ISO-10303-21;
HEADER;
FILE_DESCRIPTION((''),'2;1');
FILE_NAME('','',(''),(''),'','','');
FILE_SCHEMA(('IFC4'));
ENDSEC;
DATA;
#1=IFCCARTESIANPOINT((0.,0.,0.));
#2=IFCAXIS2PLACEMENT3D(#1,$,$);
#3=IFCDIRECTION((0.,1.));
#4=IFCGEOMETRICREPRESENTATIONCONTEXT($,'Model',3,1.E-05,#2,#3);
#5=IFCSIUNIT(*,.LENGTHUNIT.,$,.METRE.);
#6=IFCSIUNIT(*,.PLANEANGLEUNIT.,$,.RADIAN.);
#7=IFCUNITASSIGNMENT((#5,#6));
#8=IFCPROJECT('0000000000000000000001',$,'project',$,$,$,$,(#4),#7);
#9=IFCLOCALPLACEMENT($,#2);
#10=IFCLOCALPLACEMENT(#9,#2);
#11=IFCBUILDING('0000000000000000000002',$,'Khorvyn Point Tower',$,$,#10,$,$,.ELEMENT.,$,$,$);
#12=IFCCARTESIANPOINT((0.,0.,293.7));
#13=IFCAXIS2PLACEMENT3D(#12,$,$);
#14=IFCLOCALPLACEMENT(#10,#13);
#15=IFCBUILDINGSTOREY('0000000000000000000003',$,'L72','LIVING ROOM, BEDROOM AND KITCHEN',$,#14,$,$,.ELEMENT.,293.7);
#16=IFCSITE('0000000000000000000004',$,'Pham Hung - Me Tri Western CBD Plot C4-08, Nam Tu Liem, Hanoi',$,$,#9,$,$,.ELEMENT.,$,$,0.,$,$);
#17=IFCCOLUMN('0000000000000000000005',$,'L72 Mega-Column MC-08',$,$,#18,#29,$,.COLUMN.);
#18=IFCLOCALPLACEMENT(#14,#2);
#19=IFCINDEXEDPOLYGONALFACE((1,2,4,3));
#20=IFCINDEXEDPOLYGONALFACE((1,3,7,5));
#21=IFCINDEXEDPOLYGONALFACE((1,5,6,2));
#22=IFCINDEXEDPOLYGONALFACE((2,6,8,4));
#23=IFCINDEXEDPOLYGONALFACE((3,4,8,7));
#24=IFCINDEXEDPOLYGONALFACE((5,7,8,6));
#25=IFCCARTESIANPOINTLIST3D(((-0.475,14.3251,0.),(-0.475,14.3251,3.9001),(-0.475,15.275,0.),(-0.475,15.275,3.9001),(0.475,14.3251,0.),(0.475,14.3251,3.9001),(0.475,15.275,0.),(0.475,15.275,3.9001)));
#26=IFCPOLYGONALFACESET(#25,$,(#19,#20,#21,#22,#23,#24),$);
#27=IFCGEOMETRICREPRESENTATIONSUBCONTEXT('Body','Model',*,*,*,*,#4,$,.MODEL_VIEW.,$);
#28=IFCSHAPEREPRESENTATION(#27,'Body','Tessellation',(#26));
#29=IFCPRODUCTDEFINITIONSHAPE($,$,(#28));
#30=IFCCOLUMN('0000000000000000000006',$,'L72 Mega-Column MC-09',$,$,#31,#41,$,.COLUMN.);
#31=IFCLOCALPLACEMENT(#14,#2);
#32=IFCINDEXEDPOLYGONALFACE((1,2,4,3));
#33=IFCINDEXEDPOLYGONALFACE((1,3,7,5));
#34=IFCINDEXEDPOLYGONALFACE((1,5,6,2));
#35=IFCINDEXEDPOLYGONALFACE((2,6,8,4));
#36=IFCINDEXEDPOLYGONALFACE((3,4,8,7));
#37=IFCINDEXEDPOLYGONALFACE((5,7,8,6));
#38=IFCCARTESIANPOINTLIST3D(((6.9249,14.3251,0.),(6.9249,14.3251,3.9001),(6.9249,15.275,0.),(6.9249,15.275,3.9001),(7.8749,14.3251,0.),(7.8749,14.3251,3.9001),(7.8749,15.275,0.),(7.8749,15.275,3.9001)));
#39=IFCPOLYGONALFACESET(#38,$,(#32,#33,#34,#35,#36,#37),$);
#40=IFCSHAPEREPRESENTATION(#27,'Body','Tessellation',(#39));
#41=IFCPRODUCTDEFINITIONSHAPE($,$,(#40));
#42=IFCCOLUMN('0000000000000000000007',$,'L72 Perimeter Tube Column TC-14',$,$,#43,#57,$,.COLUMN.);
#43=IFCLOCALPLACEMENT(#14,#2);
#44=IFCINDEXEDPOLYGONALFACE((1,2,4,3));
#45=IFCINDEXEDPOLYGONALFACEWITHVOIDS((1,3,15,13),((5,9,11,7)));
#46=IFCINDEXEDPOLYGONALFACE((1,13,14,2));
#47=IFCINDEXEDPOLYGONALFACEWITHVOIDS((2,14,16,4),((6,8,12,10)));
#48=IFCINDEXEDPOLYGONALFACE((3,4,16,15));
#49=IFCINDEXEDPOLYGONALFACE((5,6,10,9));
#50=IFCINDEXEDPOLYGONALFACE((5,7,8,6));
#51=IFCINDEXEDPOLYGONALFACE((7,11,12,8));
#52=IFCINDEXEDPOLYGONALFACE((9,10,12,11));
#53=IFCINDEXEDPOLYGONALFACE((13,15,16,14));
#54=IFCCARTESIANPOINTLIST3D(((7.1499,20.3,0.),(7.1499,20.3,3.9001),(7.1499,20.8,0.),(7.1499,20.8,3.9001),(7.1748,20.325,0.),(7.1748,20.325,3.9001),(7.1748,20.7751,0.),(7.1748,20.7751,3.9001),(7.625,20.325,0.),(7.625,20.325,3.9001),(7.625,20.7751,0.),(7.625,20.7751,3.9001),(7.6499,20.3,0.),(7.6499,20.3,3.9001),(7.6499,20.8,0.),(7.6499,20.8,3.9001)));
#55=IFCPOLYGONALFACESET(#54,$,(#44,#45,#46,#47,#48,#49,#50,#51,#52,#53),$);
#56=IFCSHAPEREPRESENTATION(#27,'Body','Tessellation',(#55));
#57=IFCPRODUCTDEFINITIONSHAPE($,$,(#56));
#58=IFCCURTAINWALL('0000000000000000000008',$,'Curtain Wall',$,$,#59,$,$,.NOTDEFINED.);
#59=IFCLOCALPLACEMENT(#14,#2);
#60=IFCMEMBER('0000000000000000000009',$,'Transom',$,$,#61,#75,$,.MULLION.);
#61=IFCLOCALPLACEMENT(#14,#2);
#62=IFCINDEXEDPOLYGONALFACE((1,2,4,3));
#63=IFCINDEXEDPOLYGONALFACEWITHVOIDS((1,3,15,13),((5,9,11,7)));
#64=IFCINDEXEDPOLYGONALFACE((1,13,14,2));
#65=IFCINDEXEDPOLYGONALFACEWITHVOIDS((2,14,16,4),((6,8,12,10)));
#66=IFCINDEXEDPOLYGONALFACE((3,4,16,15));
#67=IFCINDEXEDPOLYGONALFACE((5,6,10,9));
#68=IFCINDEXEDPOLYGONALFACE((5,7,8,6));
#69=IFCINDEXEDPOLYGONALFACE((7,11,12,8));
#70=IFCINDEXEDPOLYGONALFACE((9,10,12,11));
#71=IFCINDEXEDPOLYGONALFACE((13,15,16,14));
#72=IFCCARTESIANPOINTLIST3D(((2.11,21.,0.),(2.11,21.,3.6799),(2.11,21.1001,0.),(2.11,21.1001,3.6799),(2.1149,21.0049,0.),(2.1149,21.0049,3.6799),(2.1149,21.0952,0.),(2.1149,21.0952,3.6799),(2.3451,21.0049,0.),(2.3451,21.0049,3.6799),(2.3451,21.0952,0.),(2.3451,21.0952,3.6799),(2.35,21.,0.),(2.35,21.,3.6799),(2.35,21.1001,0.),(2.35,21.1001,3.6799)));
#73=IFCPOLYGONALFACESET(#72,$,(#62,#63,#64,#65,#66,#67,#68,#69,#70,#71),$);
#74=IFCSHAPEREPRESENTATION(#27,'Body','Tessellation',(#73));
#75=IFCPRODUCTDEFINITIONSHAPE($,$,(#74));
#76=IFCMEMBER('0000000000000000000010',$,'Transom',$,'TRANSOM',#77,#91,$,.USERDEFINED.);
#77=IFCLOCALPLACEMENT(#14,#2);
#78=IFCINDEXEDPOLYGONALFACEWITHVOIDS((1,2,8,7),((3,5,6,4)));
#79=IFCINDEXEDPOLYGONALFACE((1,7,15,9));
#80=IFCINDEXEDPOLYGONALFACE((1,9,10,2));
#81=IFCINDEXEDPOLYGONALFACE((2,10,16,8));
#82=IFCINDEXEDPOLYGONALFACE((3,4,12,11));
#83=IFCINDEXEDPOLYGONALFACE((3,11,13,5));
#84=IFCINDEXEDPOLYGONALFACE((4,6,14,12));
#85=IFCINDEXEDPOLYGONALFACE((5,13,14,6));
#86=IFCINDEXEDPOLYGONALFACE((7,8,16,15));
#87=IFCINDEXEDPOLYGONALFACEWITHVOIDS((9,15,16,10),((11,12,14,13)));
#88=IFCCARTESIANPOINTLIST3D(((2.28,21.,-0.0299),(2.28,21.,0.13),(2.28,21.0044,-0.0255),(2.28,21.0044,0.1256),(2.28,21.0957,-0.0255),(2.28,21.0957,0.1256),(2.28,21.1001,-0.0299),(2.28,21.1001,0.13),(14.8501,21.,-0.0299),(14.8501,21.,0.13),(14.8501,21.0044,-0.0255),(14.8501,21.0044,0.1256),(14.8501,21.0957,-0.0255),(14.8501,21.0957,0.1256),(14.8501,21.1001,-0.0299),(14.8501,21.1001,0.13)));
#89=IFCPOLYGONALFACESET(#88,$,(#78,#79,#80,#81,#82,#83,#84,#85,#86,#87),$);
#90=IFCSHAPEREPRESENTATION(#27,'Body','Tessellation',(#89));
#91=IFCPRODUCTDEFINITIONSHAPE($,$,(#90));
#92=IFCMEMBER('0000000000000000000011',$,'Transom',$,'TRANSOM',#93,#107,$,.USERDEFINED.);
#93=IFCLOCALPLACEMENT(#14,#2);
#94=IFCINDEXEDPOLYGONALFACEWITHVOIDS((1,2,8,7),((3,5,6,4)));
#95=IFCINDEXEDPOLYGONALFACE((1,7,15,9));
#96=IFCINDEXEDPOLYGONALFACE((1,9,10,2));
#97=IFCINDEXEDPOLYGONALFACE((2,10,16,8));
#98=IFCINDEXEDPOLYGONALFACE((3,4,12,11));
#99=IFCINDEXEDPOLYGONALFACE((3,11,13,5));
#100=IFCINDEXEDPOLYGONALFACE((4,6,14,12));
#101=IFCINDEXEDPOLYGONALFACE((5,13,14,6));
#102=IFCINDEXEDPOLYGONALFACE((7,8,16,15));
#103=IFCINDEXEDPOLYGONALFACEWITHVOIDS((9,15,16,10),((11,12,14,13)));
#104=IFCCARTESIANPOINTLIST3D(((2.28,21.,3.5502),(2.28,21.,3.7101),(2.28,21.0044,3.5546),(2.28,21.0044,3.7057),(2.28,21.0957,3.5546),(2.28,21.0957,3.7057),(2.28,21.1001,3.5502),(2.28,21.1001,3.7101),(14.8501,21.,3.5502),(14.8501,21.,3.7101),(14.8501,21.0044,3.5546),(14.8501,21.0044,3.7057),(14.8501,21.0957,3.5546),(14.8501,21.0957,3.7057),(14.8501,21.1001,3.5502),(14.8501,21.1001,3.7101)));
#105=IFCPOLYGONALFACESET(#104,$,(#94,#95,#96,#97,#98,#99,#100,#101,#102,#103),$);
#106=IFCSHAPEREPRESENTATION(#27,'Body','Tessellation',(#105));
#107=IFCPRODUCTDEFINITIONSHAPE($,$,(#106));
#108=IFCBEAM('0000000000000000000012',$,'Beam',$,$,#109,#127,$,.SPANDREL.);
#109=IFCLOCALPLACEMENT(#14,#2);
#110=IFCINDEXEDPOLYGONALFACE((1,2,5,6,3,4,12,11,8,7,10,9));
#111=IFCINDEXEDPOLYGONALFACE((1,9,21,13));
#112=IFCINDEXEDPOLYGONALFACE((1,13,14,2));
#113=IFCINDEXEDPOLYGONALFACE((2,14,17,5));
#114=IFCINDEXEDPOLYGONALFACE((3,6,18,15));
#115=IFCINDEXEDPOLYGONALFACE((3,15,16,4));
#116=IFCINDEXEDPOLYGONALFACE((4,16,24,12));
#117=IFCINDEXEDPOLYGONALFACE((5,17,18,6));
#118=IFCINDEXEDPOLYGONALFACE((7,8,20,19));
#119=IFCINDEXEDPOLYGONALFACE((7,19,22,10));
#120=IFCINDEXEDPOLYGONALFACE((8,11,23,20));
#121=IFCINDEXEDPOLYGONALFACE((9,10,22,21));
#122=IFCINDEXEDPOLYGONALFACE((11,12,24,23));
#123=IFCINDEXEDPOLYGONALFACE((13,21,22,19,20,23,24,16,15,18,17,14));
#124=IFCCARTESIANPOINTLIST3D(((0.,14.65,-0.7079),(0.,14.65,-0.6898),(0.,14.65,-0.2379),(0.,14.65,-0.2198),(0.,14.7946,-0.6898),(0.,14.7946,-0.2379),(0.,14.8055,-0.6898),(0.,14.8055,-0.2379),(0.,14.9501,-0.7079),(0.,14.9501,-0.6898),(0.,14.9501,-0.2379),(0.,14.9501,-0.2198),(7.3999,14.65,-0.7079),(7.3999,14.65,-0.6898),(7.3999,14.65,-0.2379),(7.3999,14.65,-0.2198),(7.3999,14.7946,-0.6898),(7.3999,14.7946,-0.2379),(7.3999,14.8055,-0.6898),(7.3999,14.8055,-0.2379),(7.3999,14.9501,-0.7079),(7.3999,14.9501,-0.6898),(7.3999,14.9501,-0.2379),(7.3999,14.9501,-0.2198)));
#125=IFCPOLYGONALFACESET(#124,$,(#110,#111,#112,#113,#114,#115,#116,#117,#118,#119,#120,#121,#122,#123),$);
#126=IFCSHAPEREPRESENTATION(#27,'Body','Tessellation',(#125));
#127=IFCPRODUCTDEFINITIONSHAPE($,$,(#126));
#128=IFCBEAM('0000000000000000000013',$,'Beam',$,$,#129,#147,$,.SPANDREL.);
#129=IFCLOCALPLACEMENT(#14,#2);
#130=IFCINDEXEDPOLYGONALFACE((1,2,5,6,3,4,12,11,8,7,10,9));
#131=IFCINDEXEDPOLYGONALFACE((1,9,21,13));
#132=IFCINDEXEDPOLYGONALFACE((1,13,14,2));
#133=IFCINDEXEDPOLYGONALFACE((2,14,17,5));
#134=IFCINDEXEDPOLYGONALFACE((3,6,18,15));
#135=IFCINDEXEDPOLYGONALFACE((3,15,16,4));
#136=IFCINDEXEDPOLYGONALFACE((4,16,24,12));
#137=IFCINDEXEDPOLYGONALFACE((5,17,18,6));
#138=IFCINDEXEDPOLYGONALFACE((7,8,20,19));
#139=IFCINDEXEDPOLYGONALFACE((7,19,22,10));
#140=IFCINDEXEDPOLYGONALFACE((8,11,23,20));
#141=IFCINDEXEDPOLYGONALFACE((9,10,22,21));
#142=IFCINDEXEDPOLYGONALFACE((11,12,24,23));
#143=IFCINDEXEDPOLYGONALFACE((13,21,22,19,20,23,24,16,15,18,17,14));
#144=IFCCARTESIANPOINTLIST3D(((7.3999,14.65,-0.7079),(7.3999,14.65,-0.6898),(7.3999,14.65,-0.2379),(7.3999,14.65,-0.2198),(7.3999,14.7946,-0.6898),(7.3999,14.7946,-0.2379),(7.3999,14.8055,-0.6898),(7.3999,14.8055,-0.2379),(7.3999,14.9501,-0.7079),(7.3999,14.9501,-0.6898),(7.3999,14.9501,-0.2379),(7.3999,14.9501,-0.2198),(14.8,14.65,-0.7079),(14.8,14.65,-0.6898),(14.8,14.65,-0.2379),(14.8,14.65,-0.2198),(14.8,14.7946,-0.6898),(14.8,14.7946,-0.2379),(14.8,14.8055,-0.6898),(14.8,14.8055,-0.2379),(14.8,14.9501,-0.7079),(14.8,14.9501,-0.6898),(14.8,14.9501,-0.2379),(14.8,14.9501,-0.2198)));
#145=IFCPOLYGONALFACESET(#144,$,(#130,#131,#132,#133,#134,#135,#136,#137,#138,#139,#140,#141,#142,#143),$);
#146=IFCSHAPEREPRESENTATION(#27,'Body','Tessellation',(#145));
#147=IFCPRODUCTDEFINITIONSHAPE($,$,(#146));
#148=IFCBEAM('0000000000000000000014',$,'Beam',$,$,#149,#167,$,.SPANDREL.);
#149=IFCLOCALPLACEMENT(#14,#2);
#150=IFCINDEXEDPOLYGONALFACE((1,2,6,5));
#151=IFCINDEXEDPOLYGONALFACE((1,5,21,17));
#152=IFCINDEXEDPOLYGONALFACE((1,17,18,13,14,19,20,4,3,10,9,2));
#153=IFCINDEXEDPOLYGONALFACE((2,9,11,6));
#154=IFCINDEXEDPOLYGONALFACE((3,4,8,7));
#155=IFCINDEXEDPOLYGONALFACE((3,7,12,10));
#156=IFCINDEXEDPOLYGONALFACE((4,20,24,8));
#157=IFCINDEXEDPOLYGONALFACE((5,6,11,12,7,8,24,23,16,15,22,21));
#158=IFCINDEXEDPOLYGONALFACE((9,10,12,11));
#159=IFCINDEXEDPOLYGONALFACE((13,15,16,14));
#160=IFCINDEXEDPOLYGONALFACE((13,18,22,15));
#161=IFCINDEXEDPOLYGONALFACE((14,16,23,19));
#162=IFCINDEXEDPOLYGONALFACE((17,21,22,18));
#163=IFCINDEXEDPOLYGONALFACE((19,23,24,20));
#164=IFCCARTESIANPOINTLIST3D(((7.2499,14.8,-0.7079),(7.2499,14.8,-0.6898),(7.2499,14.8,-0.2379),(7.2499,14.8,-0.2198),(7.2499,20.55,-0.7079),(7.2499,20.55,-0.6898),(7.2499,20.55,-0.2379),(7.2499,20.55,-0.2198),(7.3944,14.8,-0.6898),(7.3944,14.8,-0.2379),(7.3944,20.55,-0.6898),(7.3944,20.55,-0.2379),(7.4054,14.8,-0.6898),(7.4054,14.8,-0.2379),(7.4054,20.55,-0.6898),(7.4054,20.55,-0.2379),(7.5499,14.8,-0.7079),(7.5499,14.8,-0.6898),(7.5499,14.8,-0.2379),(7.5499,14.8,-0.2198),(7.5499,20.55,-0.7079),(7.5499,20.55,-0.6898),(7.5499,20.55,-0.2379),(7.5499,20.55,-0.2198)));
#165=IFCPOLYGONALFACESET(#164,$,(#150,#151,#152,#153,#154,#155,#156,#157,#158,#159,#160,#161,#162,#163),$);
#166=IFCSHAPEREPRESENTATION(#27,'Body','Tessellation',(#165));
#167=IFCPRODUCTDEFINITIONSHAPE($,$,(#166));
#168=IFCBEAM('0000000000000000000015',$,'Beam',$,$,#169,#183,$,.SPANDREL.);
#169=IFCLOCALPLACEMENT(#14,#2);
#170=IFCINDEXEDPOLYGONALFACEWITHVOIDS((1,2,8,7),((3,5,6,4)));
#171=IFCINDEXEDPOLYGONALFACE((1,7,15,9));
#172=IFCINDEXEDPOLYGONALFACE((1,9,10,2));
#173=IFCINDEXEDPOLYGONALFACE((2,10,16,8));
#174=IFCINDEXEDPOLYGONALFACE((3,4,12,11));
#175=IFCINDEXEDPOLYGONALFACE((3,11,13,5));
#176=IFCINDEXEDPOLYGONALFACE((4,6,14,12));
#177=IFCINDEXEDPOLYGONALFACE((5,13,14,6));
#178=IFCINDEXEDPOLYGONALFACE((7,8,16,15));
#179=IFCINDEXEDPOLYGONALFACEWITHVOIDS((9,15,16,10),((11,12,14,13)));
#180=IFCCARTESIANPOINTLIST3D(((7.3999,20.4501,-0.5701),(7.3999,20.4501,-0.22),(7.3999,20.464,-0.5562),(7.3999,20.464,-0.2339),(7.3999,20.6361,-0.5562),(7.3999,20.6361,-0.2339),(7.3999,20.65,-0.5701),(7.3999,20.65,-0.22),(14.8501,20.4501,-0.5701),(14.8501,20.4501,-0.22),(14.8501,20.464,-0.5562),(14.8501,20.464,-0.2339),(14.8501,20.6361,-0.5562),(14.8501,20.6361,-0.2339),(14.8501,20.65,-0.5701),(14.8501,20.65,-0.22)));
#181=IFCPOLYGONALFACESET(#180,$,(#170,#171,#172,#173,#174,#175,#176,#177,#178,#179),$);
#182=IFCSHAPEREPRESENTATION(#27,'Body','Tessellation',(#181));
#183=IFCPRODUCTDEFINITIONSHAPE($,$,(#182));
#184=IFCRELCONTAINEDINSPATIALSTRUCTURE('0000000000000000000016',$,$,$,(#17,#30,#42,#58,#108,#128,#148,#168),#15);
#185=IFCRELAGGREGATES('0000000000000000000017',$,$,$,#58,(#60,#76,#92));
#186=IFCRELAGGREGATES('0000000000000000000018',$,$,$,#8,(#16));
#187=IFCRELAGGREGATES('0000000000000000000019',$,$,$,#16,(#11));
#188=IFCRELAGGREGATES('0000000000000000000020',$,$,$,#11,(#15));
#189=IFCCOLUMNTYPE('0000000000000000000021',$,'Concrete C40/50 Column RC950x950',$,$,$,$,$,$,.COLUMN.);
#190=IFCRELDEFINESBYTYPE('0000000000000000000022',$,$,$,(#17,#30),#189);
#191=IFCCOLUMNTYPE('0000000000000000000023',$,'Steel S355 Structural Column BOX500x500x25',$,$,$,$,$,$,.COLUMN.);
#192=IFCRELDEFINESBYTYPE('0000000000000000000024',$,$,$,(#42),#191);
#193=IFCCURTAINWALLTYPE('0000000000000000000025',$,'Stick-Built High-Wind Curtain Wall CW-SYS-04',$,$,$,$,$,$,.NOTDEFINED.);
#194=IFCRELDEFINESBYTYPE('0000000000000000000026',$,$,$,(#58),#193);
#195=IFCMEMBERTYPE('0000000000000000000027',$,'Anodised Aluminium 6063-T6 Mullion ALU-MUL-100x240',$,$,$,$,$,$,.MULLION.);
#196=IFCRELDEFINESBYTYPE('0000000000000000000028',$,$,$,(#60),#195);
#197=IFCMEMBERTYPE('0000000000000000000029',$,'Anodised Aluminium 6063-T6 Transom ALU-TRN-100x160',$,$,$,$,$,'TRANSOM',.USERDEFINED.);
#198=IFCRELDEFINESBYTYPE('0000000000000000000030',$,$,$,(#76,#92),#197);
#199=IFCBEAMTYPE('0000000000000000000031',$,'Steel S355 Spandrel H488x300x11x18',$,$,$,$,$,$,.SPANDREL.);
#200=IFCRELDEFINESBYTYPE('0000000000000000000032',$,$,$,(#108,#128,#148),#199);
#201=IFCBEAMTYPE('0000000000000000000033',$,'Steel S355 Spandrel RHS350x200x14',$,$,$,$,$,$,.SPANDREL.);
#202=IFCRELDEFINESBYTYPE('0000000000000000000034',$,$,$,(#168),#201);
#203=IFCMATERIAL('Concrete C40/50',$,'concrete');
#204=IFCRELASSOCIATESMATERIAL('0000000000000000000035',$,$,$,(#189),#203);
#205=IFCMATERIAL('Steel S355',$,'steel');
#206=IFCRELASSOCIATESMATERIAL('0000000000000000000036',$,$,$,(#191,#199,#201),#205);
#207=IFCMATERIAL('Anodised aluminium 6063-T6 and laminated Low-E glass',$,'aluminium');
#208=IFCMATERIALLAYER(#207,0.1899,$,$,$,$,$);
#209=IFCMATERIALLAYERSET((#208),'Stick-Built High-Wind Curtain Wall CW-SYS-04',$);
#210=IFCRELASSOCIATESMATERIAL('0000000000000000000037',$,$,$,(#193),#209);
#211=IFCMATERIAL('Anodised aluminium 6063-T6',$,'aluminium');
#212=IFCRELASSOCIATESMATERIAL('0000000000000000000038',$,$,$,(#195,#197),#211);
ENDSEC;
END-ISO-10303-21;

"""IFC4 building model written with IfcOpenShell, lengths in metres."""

from ifc_helpers import new_model, si_unit, direction, frame, origin, origin_2d, place, context, subcontext, project, spatial, rectangle, hollow_rectangle, i_section, extrude, material, layer, layer_set, material_profile, profile_set, type_object, element, aggregate, save


model = new_model("IFC4")

# Units and contexts
model_context = context("Model", 3, precision=1e-05, world=origin(), true_north=direction((0.0, 1.0)))
body_context = subcontext(model_context, "Body", "Model", "MODEL_VIEW")
ifc_project = project(units=[si_unit("LENGTHUNIT", "METRE"), si_unit("PLANEANGLEUNIT", "RADIAN")], contexts=[model_context])

# Site, building, storey
site_placement = place(None, origin())
site = spatial("IfcSite", under=ifc_project, at=site_placement, Name="Pham Hung - Me Tri Western CBD Plot C4-08, Nam Tu Liem, Hanoi", CompositionType="ELEMENT", RefElevation=0.0)
building_placement = place(site_placement, origin())
building = spatial("IfcBuilding", under=site, at=building_placement, Name="Khorvyn Point Tower", CompositionType="ELEMENT")
storey_placement = place(building_placement, frame((0.0, 0.0, 293.7)))
storey = spatial("IfcBuildingStorey", under=building, at=storey_placement, Name="L72", Description="LIVING ROOM, BEDROOM AND KITCHEN", CompositionType="ELEMENT", Elevation=293.7)

# Columns
ifc_material_1 = material(Name="Concrete C40/50", Category="concrete")
ifc_material_profile_1 = material_profile(ifc_material_1, rectangle(XDim=0.95, YDim=0.95, at=origin_2d()))
ifc_profile_set_1 = profile_set([ifc_material_profile_1], Name="Concrete C40/50 RC950x950")
column_type_1 = type_object("IfcColumnType", Name="Concrete C40/50 Column RC950x950", PredefinedType="COLUMN", material=ifc_profile_set_1)
for number, where, z_axis, x_axis, name in (
    (1, (0.0, 14.8, 0.0), (0.0, 0.0, 1.0), (1.0, 0.0, 0.0), "L72 Mega-Column MC-08"),
    (2, (7.3999, 14.8, 0.0), (0.0, 0.0, 1.0), (1.0, 0.0, 0.0), "L72 Mega-Column MC-09"),
):
    element("IfcColumn", number, at=place(storey_placement, frame(where, z_axis=z_axis, x_axis=x_axis)), inside=storey, type_object=column_type_1, Name=name, PredefinedType="COLUMN", context=body_context, shape_type="SweptSolid", body=[
        extrude(rectangle(XDim=0.95, YDim=0.95, at=origin_2d()), origin(), (0.0, 0.0, 1.0), 3.9001),
    ])
ifc_material_2 = material(Name="Steel S355", Category="steel")
ifc_material_profile_2 = material_profile(ifc_material_2, hollow_rectangle(XDim=0.5, YDim=0.5, WallThickness=0.0249, at=origin_2d()))
ifc_profile_set_2 = profile_set([ifc_material_profile_2], Name="Steel S355 BOX500x500x25")
column_type_2 = type_object("IfcColumnType", Name="Steel S355 Structural Column BOX500x500x25", PredefinedType="COLUMN", material=ifc_profile_set_2)
column_placement = place(storey_placement, frame((7.3999, 20.55, 0.0), z_axis=(0.0, 0.0, 1.0), x_axis=(1.0, 0.0, 0.0)))
element("IfcColumn", 3, at=column_placement, inside=storey, type_object=column_type_2, Name="L72 Perimeter Tube Column TC-14", PredefinedType="COLUMN", context=body_context, shape_type="SweptSolid", body=[
    extrude(hollow_rectangle(XDim=0.5, YDim=0.5, WallThickness=0.0249, at=origin_2d()), origin(), (0.0, 0.0, 1.0), 3.9001),
])

# Curtain wall, members
ifc_material_3 = material(Name="Anodised aluminium 6063-T6 and laminated Low-E glass", Category="aluminium")
ifc_layer_1 = layer(ifc_material_3, 0.1899)
ifc_layer_set_1 = layer_set([ifc_layer_1], Name="Stick-Built High-Wind Curtain Wall CW-SYS-04")
curtain_wall_type = type_object("IfcCurtainWallType", Name="Stick-Built High-Wind Curtain Wall CW-SYS-04", PredefinedType="NOTDEFINED", material=ifc_layer_set_1)
curtain_wall_placement = place(storey_placement, origin())
curtain_wall = element("IfcCurtainWall", 4, at=curtain_wall_placement, inside=storey, type_object=curtain_wall_type, Name="Curtain Wall", PredefinedType="NOTDEFINED")
ifc_material_4 = material(Name="Anodised aluminium 6063-T6", Category="aluminium")
ifc_material_profile_3 = material_profile(ifc_material_4, hollow_rectangle(XDim=0.1001, YDim=0.24, WallThickness=0.0049, at=origin_2d()))
ifc_profile_set_3 = profile_set([ifc_material_profile_3], Name="Anodised aluminium 6063-T6 ALU-MUL-100x240")
member_type_1 = type_object("IfcMemberType", Name="Anodised Aluminium 6063-T6 Mullion ALU-MUL-100x240", PredefinedType="MULLION", material=ifc_profile_set_3)
member_1_placement = place(storey_placement, frame((2.23, 21.05, 0.0), z_axis=(0.0, 0.0, 1.0), x_axis=(0.0, 1.0, 0.0)))
member_1 = element("IfcMember", 5, at=member_1_placement, type_object=member_type_1, Name="Transom", PredefinedType="MULLION", context=body_context, shape_type="SweptSolid", body=[
    extrude(hollow_rectangle(XDim=0.1001, YDim=0.24, WallThickness=0.0049, at=origin_2d()), origin(), (0.0, 0.0, 1.0), 3.6799),
])
ifc_material_profile_4 = material_profile(ifc_material_4, hollow_rectangle(XDim=0.1001, YDim=0.1599, WallThickness=0.0044, at=origin_2d()))
ifc_profile_set_4 = profile_set([ifc_material_profile_4], Name="Anodised aluminium 6063-T6 ALU-TRN-100x160")
member_type_2 = type_object("IfcMemberType", Name="Anodised Aluminium 6063-T6 Transom ALU-TRN-100x160", ElementType="TRANSOM", PredefinedType="USERDEFINED", material=ifc_profile_set_4)
member_2_placement = place(storey_placement, frame((2.28, 21.05, 0.05), z_axis=(1.0, 0.0, 0.0), x_axis=(0.0, 1.0, 0.0)))
member_2 = element("IfcMember", 6, at=member_2_placement, type_object=member_type_2, Name="Transom", ObjectType="TRANSOM", PredefinedType="USERDEFINED", context=body_context, shape_type="SweptSolid", body=[
    extrude(hollow_rectangle(XDim=0.1001, YDim=0.1599, WallThickness=0.0044, at=origin_2d()), origin(), (0.0, 0.0, 1.0), 12.5701),
])
member_3_placement = place(storey_placement, frame((2.28, 21.05, 3.6301), z_axis=(1.0, 0.0, 0.0), x_axis=(0.0, 1.0, 0.0)))
member_3 = element("IfcMember", 7, at=member_3_placement, type_object=member_type_2, Name="Transom", ObjectType="TRANSOM", PredefinedType="USERDEFINED", context=body_context, shape_type="SweptSolid", body=[
    extrude(hollow_rectangle(XDim=0.1001, YDim=0.1599, WallThickness=0.0044, at=origin_2d()), origin(), (0.0, 0.0, 1.0), 12.5701),
])

# Beams
ifc_material_profile_5 = material_profile(ifc_material_2, i_section(OverallWidth=0.3, OverallDepth=0.488, WebThickness=0.011, FlangeThickness=0.0181, at=origin_2d()))
ifc_profile_set_5 = profile_set([ifc_material_profile_5], Name="Steel S355 H488x300x11x18")
beam_type_1 = type_object("IfcBeamType", Name="Steel S355 Spandrel H488x300x11x18", PredefinedType="SPANDREL", material=ifc_profile_set_5)
beam_1_placement = place(storey_placement, frame((0.0, 14.8, -0.4639), z_axis=(1.0, 0.0, 0.0), x_axis=(0.0, 1.0, 0.0)))
element("IfcBeam", 8, at=beam_1_placement, inside=storey, type_object=beam_type_1, Name="Beam", PredefinedType="SPANDREL", context=body_context, shape_type="SweptSolid", body=[
    extrude(i_section(OverallWidth=0.3, OverallDepth=0.488, WebThickness=0.011, FlangeThickness=0.0181, at=origin_2d()), origin(), (0.0, 0.0, 1.0), 7.3999),
])
beam_2_placement = place(storey_placement, frame((7.3999, 14.8, -0.4639), z_axis=(1.0, 0.0, 0.0), x_axis=(0.0, 1.0, 0.0)))
element("IfcBeam", 9, at=beam_2_placement, inside=storey, type_object=beam_type_1, Name="Beam", PredefinedType="SPANDREL", context=body_context, shape_type="SweptSolid", body=[
    extrude(i_section(OverallWidth=0.3, OverallDepth=0.488, WebThickness=0.011, FlangeThickness=0.0181, at=origin_2d()), origin(), (0.0, 0.0, 1.0), 7.4001),
])
beam_3_placement = place(storey_placement, frame((7.3999, 14.8, -0.4639), z_axis=(0.0, 1.0, 0.0), x_axis=(-1.0, 0.0, 0.0)))
element("IfcBeam", 10, at=beam_3_placement, inside=storey, type_object=beam_type_1, Name="Beam", PredefinedType="SPANDREL", context=body_context, shape_type="SweptSolid", body=[
    extrude(i_section(OverallWidth=0.3, OverallDepth=0.488, WebThickness=0.011, FlangeThickness=0.0181, at=origin_2d()), origin(), (0.0, 0.0, 1.0), 5.75),
])
ifc_material_profile_6 = material_profile(ifc_material_2, hollow_rectangle(XDim=0.2, YDim=0.3501, WallThickness=0.0139, at=origin_2d()))
ifc_profile_set_6 = profile_set([ifc_material_profile_6], Name="Steel S355 RHS350x200x14")
beam_type_2 = type_object("IfcBeamType", Name="Steel S355 Spandrel RHS350x200x14", PredefinedType="SPANDREL", material=ifc_profile_set_6)
beam_4_placement = place(storey_placement, frame((7.3999, 20.55, -0.395), z_axis=(1.0, 0.0, 0.0), x_axis=(0.0, 1.0, 0.0)))
element("IfcBeam", 11, at=beam_4_placement, inside=storey, type_object=beam_type_2, Name="Beam", PredefinedType="SPANDREL", context=body_context, shape_type="SweptSolid", body=[
    extrude(hollow_rectangle(XDim=0.2, YDim=0.3501, WallThickness=0.0139, at=origin_2d()), origin(), (0.0, 0.0, 1.0), 7.4502),
])

aggregate(curtain_wall, [member_1, member_2, member_3])

save(model, "model.ifc")
